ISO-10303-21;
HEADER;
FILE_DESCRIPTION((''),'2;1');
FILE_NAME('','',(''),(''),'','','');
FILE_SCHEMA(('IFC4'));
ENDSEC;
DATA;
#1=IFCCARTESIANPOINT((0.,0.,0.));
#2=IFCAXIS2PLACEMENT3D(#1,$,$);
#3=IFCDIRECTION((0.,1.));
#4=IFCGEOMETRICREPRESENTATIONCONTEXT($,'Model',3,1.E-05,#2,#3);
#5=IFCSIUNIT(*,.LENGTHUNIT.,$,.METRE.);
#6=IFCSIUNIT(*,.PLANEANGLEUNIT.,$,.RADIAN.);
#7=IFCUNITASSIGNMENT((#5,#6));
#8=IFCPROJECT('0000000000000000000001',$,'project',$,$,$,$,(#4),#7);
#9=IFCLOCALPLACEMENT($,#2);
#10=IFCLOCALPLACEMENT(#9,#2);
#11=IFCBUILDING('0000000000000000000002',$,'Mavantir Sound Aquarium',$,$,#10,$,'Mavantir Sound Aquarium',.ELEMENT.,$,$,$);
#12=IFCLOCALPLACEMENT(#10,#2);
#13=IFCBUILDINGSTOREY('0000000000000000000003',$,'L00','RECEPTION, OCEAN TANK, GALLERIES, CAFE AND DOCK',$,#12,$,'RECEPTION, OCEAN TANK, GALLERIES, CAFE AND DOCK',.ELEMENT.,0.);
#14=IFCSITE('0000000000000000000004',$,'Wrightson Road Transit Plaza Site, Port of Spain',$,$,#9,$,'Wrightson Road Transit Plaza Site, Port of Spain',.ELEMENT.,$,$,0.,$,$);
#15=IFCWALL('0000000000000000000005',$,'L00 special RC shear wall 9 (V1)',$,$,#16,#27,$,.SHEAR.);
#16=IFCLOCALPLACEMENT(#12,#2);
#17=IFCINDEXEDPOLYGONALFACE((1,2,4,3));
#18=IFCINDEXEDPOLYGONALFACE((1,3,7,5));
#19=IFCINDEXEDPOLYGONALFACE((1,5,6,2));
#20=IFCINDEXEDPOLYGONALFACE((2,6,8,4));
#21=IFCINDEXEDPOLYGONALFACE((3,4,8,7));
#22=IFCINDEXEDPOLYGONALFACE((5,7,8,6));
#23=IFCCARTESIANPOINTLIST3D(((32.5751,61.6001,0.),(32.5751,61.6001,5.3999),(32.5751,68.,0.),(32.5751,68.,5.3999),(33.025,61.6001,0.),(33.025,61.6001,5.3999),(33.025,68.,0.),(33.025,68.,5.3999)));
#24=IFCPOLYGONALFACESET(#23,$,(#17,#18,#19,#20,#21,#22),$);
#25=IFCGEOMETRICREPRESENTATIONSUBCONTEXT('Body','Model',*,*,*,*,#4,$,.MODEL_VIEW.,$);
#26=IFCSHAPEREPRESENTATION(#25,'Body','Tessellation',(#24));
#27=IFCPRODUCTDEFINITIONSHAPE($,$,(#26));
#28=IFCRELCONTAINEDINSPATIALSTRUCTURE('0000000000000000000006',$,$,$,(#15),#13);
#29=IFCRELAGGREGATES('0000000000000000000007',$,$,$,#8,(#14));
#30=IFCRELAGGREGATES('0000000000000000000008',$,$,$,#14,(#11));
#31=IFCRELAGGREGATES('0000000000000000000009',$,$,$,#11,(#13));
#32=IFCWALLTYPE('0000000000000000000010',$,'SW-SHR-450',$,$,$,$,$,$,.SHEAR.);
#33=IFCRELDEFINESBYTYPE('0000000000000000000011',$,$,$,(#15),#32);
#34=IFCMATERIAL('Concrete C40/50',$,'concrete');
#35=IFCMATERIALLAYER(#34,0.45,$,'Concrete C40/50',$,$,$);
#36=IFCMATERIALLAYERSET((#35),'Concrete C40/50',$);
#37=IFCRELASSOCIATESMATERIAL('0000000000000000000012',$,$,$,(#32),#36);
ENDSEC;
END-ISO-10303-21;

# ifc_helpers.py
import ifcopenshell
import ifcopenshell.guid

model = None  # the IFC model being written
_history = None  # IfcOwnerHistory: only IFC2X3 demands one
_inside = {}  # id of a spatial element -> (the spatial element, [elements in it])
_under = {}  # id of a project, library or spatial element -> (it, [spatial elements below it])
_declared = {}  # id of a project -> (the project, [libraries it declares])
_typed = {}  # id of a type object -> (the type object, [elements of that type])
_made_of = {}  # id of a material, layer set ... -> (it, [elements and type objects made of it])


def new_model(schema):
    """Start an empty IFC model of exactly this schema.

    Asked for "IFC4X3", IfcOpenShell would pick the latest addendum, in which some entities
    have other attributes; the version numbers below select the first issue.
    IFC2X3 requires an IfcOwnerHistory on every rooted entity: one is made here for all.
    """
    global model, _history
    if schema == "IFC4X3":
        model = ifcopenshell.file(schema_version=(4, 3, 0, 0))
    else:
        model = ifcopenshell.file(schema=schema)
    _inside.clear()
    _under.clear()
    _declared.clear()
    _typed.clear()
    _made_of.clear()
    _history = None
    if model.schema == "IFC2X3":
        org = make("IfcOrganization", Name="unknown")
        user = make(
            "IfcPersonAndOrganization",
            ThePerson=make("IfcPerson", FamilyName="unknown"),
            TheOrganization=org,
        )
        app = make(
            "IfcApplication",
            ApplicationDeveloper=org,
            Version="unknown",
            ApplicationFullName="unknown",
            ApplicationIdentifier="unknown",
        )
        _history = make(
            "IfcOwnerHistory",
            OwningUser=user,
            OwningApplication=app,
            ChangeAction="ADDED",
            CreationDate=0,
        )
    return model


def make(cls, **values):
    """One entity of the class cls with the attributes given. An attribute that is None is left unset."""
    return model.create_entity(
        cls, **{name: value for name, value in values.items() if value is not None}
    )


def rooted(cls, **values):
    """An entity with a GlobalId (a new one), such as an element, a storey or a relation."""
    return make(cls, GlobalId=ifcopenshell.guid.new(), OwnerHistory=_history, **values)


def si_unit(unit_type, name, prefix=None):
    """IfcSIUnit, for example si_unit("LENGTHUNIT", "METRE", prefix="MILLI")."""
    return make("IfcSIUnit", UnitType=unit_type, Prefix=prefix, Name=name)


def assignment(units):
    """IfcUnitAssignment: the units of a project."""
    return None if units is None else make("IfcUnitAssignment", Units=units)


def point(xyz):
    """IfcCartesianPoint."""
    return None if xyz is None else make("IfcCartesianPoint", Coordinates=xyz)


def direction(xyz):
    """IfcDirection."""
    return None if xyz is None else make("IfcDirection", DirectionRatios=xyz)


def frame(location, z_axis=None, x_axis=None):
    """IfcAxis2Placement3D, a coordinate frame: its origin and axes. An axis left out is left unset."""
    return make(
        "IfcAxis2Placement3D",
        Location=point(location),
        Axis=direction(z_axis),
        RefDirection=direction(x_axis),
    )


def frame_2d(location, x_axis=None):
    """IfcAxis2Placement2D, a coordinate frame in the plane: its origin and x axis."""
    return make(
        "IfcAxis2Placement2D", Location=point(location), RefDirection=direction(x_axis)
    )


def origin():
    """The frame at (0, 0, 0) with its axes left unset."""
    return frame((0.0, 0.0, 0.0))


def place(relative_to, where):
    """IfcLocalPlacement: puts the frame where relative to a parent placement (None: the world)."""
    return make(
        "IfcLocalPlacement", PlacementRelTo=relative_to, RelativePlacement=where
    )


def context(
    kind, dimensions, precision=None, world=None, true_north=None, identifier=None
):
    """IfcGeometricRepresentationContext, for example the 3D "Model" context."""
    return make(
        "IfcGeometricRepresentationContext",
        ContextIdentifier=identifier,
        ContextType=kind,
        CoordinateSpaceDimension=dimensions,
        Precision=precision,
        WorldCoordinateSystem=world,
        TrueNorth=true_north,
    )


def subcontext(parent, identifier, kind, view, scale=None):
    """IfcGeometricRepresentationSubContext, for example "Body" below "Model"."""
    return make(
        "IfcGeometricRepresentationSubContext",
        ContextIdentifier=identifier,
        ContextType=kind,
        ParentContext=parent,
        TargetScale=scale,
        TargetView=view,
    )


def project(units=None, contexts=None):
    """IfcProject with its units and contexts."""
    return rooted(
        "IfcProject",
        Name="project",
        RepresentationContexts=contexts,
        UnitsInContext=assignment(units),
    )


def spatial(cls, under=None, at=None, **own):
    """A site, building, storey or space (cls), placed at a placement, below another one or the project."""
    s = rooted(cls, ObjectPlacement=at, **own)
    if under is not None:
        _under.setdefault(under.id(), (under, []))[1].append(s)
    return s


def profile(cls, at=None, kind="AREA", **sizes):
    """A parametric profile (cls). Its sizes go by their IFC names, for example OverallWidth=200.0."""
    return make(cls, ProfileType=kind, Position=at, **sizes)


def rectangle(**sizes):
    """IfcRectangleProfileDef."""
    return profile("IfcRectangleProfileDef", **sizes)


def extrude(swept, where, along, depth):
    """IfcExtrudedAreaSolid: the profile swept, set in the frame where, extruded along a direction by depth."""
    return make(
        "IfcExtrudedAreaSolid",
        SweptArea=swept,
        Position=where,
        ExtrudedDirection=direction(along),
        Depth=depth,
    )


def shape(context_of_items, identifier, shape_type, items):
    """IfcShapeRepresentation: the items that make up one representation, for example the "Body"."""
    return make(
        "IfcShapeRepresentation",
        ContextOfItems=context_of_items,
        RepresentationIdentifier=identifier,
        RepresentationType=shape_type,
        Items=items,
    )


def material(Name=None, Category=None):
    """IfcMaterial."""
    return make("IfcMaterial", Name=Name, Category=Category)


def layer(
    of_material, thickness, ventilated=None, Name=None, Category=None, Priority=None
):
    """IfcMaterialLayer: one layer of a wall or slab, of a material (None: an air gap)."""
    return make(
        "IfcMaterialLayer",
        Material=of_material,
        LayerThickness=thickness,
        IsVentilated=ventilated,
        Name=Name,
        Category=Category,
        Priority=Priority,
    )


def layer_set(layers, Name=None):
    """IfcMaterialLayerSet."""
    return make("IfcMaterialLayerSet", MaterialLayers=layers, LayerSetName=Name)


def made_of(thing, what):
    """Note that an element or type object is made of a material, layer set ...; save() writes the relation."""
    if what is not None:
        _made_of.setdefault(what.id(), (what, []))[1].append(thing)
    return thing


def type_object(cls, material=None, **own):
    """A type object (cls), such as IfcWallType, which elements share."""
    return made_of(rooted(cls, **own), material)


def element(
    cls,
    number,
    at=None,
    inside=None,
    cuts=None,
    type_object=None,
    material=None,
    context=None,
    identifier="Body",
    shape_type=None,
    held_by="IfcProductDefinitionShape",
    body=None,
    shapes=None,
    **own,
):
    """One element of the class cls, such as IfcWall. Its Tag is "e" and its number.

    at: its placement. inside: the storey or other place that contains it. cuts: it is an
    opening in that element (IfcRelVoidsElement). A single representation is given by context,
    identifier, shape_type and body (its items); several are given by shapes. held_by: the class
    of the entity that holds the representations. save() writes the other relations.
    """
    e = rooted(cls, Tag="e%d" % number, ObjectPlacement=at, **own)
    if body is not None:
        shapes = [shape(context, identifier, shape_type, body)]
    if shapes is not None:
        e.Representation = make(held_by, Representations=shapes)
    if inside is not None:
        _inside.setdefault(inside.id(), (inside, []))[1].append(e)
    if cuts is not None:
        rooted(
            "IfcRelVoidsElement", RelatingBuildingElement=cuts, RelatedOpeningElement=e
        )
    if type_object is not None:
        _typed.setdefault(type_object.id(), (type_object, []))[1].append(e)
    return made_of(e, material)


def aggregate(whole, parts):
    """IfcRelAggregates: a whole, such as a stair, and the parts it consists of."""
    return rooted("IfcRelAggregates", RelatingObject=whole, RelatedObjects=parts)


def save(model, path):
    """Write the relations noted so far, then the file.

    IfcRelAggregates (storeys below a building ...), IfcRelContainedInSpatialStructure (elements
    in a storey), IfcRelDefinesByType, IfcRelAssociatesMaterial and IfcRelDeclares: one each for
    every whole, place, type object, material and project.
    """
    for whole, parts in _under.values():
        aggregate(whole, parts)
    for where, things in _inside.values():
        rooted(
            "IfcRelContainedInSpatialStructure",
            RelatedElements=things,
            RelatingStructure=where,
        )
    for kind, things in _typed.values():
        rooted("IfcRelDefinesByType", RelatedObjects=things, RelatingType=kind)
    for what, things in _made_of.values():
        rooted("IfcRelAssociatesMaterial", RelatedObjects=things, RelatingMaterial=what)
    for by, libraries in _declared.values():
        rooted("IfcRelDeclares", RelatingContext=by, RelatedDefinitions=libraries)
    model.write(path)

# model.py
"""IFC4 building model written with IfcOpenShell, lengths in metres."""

from ifc_helpers import new_model, si_unit, direction, frame, frame_2d, origin, place, context, subcontext, project, spatial, rectangle, extrude, material, layer, layer_set, type_object, element, save


model = new_model("IFC4")

# Units and contexts
model_context = context("Model", 3, precision=1e-05, world=origin(), true_north=direction((0.0, 1.0)))
body_context = subcontext(model_context, "Body", "Model", "MODEL_VIEW")
ifc_project = project(units=[si_unit("LENGTHUNIT", "METRE"), si_unit("PLANEANGLEUNIT", "RADIAN")], contexts=[model_context])

# Site, building, storey
site_placement = place(None, origin())
site = spatial("IfcSite", under=ifc_project, at=site_placement, Name="Wrightson Road Transit Plaza Site, Port of Spain", LongName="Wrightson Road Transit Plaza Site, Port of Spain", CompositionType="ELEMENT", RefElevation=0.0)
building_placement = place(site_placement, origin())
building = spatial("IfcBuilding", under=site, at=building_placement, Name="Mavantir Sound Aquarium", LongName="Mavantir Sound Aquarium", CompositionType="ELEMENT")
storey_placement = place(building_placement, origin())
storey = spatial("IfcBuildingStorey", under=building, at=storey_placement, Name="L00", Description="RECEPTION, OCEAN TANK, GALLERIES, CAFE AND DOCK", LongName="RECEPTION, OCEAN TANK, GALLERIES, CAFE AND DOCK", CompositionType="ELEMENT", Elevation=0.0)

# Shared definitions
ifc_material_1 = material(Name="Concrete C40/50", Category="concrete")

# Wall
ifc_layer_1 = layer(ifc_material_1, 0.45, Name="Concrete C40/50")
ifc_layer_set_1 = layer_set([ifc_layer_1], Name="Concrete C40/50")
wall_type_1 = type_object("IfcWallType", Name="SW-SHR-450", PredefinedType="SHEAR", material=ifc_layer_set_1)
wall_1_placement = place(storey_placement, frame((32.8, 61.6001, 0.0), z_axis=(0.0, 0.0, 1.0), x_axis=(0.0, 1.0, 0.0)))
element("IfcWall", 1, at=wall_1_placement, inside=storey, type_object=wall_type_1, Name="L00 special RC shear wall 9 (V1)", PredefinedType="SHEAR", context=body_context, shape_type="SweptSolid", body=[
    extrude(rectangle(XDim=6.3999, YDim=0.45, at=frame_2d((3.2, 0.0))), origin(), (0.0, 0.0, 1.0), 5.3999),
])

save(model, "model.ifc")
